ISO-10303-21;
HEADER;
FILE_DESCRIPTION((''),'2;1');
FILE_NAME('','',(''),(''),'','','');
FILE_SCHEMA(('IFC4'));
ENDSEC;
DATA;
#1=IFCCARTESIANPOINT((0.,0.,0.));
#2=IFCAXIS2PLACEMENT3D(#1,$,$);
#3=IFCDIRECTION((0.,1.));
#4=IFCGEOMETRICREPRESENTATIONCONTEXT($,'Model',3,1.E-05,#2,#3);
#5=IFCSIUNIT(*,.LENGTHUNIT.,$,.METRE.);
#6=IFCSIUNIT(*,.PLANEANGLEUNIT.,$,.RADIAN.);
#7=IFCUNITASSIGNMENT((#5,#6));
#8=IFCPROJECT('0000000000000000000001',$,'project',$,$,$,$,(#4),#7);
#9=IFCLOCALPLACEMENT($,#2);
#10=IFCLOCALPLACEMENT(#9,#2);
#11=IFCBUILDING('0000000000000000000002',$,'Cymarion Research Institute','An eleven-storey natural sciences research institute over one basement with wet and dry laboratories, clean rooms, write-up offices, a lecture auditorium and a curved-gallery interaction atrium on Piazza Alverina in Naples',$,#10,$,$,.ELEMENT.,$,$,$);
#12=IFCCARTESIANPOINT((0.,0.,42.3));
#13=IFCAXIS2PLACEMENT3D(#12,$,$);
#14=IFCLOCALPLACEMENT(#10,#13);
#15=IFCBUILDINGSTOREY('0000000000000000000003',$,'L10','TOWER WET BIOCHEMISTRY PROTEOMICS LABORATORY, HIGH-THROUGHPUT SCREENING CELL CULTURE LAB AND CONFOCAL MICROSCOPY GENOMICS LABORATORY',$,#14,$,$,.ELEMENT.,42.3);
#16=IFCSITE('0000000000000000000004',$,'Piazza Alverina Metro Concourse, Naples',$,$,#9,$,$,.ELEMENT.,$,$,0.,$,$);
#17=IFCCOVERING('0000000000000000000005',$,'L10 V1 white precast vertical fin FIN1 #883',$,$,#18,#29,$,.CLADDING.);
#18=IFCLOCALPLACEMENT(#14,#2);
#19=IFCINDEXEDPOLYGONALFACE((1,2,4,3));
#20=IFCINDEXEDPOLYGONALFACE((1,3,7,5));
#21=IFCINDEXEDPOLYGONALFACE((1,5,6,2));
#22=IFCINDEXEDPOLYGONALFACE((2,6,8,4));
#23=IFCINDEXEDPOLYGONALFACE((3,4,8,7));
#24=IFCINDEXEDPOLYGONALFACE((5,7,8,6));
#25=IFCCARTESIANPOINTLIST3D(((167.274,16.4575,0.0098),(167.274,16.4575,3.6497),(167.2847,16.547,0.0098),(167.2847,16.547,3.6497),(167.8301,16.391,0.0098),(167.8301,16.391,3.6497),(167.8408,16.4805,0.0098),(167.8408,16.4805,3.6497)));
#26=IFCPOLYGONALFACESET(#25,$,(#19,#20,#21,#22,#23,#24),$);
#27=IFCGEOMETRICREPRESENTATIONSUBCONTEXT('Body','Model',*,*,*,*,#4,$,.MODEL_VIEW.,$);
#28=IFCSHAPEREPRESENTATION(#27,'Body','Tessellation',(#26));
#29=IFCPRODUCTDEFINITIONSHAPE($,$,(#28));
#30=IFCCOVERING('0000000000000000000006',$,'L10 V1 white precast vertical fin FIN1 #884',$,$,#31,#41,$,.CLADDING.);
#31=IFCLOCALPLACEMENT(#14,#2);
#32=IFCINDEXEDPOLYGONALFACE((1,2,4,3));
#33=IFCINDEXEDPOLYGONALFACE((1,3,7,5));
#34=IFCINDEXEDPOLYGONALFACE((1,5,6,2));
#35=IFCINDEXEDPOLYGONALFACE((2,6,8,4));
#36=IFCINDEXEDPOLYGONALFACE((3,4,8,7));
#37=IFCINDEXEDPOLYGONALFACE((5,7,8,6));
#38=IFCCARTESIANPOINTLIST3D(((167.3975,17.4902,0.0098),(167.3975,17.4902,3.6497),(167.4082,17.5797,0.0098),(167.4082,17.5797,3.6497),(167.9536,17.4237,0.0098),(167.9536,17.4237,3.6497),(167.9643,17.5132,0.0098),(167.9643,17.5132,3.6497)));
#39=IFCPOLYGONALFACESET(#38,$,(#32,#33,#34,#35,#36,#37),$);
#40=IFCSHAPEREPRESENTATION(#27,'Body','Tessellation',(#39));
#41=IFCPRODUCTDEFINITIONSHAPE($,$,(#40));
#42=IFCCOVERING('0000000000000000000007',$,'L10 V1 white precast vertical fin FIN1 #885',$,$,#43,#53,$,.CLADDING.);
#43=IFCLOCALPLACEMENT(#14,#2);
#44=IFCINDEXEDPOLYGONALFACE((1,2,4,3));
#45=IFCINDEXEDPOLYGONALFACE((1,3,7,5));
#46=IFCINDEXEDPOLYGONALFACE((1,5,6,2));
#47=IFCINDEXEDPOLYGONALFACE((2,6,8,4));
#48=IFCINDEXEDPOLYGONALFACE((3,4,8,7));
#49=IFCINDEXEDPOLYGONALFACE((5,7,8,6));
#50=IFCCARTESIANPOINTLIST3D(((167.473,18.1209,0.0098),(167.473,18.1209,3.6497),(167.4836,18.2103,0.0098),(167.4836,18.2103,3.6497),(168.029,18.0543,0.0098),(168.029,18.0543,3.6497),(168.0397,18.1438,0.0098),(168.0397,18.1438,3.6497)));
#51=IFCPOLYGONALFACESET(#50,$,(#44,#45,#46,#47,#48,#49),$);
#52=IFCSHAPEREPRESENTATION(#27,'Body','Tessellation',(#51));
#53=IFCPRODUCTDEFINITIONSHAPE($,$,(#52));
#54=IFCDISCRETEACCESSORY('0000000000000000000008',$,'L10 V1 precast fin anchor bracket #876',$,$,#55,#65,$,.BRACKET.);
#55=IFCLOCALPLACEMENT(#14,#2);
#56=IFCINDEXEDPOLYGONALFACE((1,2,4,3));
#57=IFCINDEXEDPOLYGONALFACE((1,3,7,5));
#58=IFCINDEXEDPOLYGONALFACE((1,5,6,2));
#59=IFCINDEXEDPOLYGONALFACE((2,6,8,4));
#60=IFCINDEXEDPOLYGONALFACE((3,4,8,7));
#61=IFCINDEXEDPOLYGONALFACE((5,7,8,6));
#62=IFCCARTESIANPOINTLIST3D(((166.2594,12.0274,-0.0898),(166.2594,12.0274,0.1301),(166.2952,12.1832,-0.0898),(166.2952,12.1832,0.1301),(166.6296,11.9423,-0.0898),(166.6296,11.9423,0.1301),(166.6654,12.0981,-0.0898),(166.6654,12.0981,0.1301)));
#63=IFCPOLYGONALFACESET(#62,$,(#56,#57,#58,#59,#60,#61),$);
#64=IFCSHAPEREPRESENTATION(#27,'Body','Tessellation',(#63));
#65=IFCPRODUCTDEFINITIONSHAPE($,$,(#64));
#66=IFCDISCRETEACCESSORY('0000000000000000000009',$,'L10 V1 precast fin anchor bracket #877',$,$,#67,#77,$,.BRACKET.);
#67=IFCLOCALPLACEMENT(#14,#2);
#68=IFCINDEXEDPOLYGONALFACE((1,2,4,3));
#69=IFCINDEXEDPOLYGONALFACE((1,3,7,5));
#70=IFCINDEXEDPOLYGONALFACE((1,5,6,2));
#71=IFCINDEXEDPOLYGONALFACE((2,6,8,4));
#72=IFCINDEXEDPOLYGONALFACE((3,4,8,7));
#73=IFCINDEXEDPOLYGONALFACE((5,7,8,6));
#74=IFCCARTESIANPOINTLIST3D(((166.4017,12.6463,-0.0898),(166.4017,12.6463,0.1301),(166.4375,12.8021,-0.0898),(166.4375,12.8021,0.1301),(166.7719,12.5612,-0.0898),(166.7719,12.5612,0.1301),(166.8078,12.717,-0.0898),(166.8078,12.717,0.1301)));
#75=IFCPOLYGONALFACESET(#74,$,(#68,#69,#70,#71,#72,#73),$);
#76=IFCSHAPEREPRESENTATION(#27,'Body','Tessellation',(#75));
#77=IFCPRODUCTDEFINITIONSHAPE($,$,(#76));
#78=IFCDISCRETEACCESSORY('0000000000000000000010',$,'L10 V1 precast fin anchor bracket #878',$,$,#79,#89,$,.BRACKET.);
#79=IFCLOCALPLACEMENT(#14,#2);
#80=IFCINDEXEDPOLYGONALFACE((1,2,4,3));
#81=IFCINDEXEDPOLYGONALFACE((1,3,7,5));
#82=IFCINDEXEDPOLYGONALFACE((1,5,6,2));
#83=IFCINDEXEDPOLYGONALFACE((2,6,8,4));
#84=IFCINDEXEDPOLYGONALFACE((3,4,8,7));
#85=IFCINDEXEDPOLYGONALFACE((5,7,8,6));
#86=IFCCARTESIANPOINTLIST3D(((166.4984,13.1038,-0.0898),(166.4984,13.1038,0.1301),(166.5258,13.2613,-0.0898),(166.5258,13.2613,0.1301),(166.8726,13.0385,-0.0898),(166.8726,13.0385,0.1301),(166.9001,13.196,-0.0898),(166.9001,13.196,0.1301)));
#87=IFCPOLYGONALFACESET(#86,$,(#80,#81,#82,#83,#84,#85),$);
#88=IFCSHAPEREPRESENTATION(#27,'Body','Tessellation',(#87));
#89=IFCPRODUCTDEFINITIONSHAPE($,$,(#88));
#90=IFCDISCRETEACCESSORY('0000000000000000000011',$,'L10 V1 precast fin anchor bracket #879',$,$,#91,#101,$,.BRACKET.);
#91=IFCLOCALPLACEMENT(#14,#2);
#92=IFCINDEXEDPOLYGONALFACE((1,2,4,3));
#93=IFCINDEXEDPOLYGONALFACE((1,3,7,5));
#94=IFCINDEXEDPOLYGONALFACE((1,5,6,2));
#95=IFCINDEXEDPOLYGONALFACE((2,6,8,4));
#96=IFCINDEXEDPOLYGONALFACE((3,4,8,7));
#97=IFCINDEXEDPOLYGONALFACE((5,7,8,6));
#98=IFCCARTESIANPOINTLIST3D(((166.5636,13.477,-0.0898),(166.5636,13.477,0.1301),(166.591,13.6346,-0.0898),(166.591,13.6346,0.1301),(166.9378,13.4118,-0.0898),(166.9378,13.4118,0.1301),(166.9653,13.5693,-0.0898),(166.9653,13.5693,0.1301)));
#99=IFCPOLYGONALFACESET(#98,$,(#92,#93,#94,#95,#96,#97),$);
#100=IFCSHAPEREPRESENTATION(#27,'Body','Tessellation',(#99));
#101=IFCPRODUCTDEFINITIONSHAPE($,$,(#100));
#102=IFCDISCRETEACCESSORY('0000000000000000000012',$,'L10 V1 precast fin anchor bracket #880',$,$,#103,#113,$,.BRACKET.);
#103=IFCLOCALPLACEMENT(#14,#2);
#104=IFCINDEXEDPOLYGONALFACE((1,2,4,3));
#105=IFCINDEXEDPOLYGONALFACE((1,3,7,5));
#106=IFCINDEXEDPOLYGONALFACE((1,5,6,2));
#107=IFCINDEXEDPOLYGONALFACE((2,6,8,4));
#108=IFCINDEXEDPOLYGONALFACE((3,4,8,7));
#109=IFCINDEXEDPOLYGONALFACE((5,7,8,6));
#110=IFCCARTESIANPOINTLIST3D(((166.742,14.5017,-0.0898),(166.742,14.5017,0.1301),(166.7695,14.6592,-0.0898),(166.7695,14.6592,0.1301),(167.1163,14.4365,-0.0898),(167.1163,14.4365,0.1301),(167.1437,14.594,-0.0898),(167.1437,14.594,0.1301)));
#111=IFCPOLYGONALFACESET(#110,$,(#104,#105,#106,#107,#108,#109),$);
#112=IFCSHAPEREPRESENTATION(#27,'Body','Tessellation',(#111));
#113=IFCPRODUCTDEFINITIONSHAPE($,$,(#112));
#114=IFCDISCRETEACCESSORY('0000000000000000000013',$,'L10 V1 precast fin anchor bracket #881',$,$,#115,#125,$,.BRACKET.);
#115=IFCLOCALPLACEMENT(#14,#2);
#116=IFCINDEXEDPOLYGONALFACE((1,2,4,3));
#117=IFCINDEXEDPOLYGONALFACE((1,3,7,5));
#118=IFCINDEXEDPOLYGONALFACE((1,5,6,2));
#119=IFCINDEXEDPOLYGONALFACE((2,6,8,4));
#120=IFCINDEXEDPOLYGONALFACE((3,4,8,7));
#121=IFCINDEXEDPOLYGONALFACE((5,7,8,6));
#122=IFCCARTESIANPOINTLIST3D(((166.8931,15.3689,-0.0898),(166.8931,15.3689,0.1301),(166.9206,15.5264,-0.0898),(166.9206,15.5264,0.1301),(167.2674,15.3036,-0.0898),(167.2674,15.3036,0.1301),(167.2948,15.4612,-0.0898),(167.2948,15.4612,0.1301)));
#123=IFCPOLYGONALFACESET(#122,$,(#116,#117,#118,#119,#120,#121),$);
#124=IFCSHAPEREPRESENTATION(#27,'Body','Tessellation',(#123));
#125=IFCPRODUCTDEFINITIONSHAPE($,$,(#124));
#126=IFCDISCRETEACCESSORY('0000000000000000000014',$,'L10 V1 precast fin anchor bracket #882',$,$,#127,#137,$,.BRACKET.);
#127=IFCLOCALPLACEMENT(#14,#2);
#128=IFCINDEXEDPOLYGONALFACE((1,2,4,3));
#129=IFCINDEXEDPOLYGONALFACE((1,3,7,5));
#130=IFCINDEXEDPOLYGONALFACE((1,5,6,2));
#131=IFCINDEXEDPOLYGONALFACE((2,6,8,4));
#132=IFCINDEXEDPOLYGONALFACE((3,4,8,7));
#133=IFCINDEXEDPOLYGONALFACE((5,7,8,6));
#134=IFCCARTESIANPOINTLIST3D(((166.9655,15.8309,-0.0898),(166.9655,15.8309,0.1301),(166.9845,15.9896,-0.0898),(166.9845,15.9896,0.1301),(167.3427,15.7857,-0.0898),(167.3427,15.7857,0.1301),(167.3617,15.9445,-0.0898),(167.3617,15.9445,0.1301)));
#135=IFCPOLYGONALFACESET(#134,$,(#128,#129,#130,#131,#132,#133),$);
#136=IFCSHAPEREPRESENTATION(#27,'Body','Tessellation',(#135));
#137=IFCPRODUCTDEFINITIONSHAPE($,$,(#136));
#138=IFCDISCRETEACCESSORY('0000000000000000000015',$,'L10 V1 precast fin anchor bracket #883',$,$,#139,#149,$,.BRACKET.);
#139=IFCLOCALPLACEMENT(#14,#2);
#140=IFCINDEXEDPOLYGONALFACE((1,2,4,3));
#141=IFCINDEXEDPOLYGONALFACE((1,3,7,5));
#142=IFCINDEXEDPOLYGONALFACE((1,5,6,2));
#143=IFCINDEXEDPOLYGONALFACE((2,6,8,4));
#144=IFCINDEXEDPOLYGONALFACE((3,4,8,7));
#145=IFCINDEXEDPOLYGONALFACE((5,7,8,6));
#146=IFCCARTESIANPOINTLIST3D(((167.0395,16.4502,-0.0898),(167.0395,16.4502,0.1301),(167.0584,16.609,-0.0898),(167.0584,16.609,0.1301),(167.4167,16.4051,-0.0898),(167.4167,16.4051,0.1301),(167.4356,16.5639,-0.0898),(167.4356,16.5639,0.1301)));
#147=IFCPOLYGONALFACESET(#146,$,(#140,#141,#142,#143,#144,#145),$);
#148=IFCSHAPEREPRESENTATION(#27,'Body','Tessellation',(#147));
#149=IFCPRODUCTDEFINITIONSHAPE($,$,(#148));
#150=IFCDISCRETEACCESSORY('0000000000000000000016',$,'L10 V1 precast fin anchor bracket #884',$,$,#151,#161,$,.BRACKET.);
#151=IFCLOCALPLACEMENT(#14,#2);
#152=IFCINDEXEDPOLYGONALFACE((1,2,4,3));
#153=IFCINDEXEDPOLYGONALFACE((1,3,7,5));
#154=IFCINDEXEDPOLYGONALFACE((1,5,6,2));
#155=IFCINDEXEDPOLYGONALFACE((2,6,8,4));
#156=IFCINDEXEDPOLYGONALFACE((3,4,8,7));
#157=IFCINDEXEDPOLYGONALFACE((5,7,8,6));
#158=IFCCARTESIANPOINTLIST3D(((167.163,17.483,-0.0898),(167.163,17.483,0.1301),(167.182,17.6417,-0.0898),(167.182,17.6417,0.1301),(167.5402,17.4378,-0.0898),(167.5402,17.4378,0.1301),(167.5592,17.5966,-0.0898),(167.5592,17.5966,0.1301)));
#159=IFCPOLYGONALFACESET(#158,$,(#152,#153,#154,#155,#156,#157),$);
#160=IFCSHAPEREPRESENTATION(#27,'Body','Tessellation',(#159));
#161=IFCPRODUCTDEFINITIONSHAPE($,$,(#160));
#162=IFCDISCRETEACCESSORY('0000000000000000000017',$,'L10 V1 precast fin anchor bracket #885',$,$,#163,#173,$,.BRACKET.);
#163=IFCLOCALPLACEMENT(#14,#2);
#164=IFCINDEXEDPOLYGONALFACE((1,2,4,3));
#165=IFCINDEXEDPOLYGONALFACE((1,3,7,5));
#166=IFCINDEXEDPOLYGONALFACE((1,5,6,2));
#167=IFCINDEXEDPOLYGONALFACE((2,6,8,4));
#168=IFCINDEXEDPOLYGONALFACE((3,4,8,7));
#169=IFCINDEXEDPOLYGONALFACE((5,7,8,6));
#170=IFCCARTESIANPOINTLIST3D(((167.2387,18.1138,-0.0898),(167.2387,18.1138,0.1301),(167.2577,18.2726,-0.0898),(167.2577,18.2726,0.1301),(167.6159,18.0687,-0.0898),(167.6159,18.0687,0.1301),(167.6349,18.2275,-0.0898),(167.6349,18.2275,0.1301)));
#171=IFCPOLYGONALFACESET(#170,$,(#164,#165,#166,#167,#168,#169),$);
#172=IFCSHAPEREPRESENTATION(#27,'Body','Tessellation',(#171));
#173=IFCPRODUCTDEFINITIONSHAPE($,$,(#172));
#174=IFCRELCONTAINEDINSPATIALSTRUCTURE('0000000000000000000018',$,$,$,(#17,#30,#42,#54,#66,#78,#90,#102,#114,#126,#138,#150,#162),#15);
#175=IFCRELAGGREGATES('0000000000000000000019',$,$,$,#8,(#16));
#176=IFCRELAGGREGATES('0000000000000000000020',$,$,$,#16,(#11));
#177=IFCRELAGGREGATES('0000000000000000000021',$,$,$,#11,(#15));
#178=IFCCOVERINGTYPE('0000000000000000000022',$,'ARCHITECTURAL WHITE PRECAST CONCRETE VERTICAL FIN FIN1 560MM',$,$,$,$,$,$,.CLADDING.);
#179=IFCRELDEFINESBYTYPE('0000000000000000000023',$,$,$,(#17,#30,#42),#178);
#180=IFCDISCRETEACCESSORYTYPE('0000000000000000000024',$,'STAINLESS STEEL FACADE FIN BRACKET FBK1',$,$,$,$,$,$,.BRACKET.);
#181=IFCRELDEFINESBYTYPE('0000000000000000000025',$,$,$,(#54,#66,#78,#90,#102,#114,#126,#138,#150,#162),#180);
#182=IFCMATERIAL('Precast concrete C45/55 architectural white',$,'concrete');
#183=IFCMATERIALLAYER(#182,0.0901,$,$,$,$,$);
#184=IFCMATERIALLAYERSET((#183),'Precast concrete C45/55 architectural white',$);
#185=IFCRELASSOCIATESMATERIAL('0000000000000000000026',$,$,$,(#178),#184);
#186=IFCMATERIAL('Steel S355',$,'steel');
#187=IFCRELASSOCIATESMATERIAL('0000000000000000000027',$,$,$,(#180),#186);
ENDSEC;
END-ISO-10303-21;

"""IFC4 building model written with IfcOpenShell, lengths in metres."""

from ifc_helpers import new_model, si_unit, direction, frame, origin, origin_2d, place, context, subcontext, project, spatial, rectangle, extrude, material, layer, layer_set, type_object, element, save


model = new_model("IFC4")

# Units and contexts
model_context = context("Model", 3, precision=1e-05, world=origin(), true_north=direction((0.0, 1.0)))
body_context = subcontext(model_context, "Body", "Model", "MODEL_VIEW")
ifc_project = project(units=[si_unit("LENGTHUNIT", "METRE"), si_unit("PLANEANGLEUNIT", "RADIAN")], contexts=[model_context])

# Site, building, storey
site_placement = place(None, origin())
site = spatial("IfcSite", under=ifc_project, at=site_placement, Name="Piazza Alverina Metro Concourse, Naples", CompositionType="ELEMENT", RefElevation=0.0)
building_placement = place(site_placement, origin())
building = spatial("IfcBuilding", under=site, at=building_placement, Name="Cymarion Research Institute", Description="An eleven-storey natural sciences research institute over one basement with wet and dry laboratories, clean rooms, write-up offices, a lecture auditorium and a curved-gallery interaction atrium on Piazza Alverina in Naples", CompositionType="ELEMENT")
storey_placement = place(building_placement, frame((0.0, 0.0, 42.3)))
storey = spatial("IfcBuildingStorey", under=building, at=storey_placement, Name="L10", Description="TOWER WET BIOCHEMISTRY PROTEOMICS LABORATORY, HIGH-THROUGHPUT SCREENING CELL CULTURE LAB AND CONFOCAL MICROSCOPY GENOMICS LABORATORY", CompositionType="ELEMENT", Elevation=42.3)

# Shared definitions
ifc_material_1 = material(Name="Steel S355", Category="steel")

# Coverings
ifc_material_2 = material(Name="Precast concrete C45/55 architectural white", Category="concrete")
ifc_layer_1 = layer(ifc_material_2, 0.0901)
ifc_layer_set_1 = layer_set([ifc_layer_1], Name="Precast concrete C45/55 architectural white")
covering_type = type_object("IfcCoveringType", Name="ARCHITECTURAL WHITE PRECAST CONCRETE VERTICAL FIN FIN1 560MM", PredefinedType="CLADDING", material=ifc_layer_set_1)
for number, where, z_axis, x_axis, name in (
    (1, (167.5574, 16.469, 0.0098), (0.0, 0.0, 1.0), (0.992924, -0.118751, 0.0), "L10 V1 white precast vertical fin FIN1 #883"),
    (2, (167.6809, 17.5017, 0.0098), (0.0, 0.0, 1.0), (0.992924, -0.118751, 0.0), "L10 V1 white precast vertical fin FIN1 #884"),
    (3, (167.7563, 18.1323, 0.0098), (0.0, 0.0, 1.0), (0.992924, -0.118751, 0.0), "L10 V1 white precast vertical fin FIN1 #885"),
):
    element("IfcCovering", number, at=place(storey_placement, frame(where, z_axis=z_axis, x_axis=x_axis)), inside=storey, type_object=covering_type, Name=name, PredefinedType="CLADDING", context=body_context, shape_type="SweptSolid", body=[
        extrude(rectangle(XDim=0.5601, YDim=0.0901, at=origin_2d()), origin(), (0.0, 0.0, 1.0), 3.6399),
    ])

# Discrete accessories
discrete_accessory_type = type_object("IfcDiscreteAccessoryType", Name="STAINLESS STEEL FACADE FIN BRACKET FBK1", PredefinedType="BRACKET", material=ifc_material_1)
for number, where, z_axis, x_axis, name in (
    (4, (166.4624, 12.0627, -0.0898), (0.0, 0.0, 1.0), (0.974566, -0.224101, 0.0), "L10 V1 precast fin anchor bracket #876"),
    (5, (166.6047, 12.6816, -0.0898), (0.0, 0.0, 1.0), (0.974566, -0.224101, 0.0), "L10 V1 precast fin anchor bracket #877"),
    (6, (166.6992, 13.1499, -0.0898), (0.0, 0.0, 1.0), (0.985139, -0.171757, 0.0), "L10 V1 precast fin anchor bracket #878"),
    (7, (166.7644, 13.5232, -0.0898), (0.0, 0.0, 1.0), (0.985139, -0.171757, 0.0), "L10 V1 precast fin anchor bracket #879"),
    (8, (166.9429, 14.5479, -0.0898), (0.0, 0.0, 1.0), (0.985139, -0.171757, 0.0), "L10 V1 precast fin anchor bracket #880"),
    (9, (167.094, 15.415, -0.0898), (0.0, 0.0, 1.0), (0.985139, -0.171757, 0.0), "L10 V1 precast fin anchor bracket #881"),
    (10, (167.1636, 15.8877, -0.0898), (0.0, 0.0, 1.0), (0.992924, -0.118751, 0.0), "L10 V1 precast fin anchor bracket #882"),
    (11, (167.2375, 16.5071, -0.0898), (0.0, 0.0, 1.0), (0.992924, -0.118751, 0.0), "L10 V1 precast fin anchor bracket #883"),
    (12, (167.3611, 17.5398, -0.0898), (0.0, 0.0, 1.0), (0.992924, -0.118751, 0.0), "L10 V1 precast fin anchor bracket #884"),
    (13, (167.4368, 18.1707, -0.0898), (0.0, 0.0, 1.0), (0.992924, -0.118751, 0.0), "L10 V1 precast fin anchor bracket #885"),
):
    element("IfcDiscreteAccessory", number, at=place(storey_placement, frame(where, z_axis=z_axis, x_axis=x_axis)), inside=storey, type_object=discrete_accessory_type, Name=name, PredefinedType="BRACKET", context=body_context, shape_type="SweptSolid", body=[
        extrude(rectangle(XDim=0.3799, YDim=0.1599, at=origin_2d()), origin(), (0.0, 0.0, 1.0), 0.22),
    ])

save(model, "model.ifc")
